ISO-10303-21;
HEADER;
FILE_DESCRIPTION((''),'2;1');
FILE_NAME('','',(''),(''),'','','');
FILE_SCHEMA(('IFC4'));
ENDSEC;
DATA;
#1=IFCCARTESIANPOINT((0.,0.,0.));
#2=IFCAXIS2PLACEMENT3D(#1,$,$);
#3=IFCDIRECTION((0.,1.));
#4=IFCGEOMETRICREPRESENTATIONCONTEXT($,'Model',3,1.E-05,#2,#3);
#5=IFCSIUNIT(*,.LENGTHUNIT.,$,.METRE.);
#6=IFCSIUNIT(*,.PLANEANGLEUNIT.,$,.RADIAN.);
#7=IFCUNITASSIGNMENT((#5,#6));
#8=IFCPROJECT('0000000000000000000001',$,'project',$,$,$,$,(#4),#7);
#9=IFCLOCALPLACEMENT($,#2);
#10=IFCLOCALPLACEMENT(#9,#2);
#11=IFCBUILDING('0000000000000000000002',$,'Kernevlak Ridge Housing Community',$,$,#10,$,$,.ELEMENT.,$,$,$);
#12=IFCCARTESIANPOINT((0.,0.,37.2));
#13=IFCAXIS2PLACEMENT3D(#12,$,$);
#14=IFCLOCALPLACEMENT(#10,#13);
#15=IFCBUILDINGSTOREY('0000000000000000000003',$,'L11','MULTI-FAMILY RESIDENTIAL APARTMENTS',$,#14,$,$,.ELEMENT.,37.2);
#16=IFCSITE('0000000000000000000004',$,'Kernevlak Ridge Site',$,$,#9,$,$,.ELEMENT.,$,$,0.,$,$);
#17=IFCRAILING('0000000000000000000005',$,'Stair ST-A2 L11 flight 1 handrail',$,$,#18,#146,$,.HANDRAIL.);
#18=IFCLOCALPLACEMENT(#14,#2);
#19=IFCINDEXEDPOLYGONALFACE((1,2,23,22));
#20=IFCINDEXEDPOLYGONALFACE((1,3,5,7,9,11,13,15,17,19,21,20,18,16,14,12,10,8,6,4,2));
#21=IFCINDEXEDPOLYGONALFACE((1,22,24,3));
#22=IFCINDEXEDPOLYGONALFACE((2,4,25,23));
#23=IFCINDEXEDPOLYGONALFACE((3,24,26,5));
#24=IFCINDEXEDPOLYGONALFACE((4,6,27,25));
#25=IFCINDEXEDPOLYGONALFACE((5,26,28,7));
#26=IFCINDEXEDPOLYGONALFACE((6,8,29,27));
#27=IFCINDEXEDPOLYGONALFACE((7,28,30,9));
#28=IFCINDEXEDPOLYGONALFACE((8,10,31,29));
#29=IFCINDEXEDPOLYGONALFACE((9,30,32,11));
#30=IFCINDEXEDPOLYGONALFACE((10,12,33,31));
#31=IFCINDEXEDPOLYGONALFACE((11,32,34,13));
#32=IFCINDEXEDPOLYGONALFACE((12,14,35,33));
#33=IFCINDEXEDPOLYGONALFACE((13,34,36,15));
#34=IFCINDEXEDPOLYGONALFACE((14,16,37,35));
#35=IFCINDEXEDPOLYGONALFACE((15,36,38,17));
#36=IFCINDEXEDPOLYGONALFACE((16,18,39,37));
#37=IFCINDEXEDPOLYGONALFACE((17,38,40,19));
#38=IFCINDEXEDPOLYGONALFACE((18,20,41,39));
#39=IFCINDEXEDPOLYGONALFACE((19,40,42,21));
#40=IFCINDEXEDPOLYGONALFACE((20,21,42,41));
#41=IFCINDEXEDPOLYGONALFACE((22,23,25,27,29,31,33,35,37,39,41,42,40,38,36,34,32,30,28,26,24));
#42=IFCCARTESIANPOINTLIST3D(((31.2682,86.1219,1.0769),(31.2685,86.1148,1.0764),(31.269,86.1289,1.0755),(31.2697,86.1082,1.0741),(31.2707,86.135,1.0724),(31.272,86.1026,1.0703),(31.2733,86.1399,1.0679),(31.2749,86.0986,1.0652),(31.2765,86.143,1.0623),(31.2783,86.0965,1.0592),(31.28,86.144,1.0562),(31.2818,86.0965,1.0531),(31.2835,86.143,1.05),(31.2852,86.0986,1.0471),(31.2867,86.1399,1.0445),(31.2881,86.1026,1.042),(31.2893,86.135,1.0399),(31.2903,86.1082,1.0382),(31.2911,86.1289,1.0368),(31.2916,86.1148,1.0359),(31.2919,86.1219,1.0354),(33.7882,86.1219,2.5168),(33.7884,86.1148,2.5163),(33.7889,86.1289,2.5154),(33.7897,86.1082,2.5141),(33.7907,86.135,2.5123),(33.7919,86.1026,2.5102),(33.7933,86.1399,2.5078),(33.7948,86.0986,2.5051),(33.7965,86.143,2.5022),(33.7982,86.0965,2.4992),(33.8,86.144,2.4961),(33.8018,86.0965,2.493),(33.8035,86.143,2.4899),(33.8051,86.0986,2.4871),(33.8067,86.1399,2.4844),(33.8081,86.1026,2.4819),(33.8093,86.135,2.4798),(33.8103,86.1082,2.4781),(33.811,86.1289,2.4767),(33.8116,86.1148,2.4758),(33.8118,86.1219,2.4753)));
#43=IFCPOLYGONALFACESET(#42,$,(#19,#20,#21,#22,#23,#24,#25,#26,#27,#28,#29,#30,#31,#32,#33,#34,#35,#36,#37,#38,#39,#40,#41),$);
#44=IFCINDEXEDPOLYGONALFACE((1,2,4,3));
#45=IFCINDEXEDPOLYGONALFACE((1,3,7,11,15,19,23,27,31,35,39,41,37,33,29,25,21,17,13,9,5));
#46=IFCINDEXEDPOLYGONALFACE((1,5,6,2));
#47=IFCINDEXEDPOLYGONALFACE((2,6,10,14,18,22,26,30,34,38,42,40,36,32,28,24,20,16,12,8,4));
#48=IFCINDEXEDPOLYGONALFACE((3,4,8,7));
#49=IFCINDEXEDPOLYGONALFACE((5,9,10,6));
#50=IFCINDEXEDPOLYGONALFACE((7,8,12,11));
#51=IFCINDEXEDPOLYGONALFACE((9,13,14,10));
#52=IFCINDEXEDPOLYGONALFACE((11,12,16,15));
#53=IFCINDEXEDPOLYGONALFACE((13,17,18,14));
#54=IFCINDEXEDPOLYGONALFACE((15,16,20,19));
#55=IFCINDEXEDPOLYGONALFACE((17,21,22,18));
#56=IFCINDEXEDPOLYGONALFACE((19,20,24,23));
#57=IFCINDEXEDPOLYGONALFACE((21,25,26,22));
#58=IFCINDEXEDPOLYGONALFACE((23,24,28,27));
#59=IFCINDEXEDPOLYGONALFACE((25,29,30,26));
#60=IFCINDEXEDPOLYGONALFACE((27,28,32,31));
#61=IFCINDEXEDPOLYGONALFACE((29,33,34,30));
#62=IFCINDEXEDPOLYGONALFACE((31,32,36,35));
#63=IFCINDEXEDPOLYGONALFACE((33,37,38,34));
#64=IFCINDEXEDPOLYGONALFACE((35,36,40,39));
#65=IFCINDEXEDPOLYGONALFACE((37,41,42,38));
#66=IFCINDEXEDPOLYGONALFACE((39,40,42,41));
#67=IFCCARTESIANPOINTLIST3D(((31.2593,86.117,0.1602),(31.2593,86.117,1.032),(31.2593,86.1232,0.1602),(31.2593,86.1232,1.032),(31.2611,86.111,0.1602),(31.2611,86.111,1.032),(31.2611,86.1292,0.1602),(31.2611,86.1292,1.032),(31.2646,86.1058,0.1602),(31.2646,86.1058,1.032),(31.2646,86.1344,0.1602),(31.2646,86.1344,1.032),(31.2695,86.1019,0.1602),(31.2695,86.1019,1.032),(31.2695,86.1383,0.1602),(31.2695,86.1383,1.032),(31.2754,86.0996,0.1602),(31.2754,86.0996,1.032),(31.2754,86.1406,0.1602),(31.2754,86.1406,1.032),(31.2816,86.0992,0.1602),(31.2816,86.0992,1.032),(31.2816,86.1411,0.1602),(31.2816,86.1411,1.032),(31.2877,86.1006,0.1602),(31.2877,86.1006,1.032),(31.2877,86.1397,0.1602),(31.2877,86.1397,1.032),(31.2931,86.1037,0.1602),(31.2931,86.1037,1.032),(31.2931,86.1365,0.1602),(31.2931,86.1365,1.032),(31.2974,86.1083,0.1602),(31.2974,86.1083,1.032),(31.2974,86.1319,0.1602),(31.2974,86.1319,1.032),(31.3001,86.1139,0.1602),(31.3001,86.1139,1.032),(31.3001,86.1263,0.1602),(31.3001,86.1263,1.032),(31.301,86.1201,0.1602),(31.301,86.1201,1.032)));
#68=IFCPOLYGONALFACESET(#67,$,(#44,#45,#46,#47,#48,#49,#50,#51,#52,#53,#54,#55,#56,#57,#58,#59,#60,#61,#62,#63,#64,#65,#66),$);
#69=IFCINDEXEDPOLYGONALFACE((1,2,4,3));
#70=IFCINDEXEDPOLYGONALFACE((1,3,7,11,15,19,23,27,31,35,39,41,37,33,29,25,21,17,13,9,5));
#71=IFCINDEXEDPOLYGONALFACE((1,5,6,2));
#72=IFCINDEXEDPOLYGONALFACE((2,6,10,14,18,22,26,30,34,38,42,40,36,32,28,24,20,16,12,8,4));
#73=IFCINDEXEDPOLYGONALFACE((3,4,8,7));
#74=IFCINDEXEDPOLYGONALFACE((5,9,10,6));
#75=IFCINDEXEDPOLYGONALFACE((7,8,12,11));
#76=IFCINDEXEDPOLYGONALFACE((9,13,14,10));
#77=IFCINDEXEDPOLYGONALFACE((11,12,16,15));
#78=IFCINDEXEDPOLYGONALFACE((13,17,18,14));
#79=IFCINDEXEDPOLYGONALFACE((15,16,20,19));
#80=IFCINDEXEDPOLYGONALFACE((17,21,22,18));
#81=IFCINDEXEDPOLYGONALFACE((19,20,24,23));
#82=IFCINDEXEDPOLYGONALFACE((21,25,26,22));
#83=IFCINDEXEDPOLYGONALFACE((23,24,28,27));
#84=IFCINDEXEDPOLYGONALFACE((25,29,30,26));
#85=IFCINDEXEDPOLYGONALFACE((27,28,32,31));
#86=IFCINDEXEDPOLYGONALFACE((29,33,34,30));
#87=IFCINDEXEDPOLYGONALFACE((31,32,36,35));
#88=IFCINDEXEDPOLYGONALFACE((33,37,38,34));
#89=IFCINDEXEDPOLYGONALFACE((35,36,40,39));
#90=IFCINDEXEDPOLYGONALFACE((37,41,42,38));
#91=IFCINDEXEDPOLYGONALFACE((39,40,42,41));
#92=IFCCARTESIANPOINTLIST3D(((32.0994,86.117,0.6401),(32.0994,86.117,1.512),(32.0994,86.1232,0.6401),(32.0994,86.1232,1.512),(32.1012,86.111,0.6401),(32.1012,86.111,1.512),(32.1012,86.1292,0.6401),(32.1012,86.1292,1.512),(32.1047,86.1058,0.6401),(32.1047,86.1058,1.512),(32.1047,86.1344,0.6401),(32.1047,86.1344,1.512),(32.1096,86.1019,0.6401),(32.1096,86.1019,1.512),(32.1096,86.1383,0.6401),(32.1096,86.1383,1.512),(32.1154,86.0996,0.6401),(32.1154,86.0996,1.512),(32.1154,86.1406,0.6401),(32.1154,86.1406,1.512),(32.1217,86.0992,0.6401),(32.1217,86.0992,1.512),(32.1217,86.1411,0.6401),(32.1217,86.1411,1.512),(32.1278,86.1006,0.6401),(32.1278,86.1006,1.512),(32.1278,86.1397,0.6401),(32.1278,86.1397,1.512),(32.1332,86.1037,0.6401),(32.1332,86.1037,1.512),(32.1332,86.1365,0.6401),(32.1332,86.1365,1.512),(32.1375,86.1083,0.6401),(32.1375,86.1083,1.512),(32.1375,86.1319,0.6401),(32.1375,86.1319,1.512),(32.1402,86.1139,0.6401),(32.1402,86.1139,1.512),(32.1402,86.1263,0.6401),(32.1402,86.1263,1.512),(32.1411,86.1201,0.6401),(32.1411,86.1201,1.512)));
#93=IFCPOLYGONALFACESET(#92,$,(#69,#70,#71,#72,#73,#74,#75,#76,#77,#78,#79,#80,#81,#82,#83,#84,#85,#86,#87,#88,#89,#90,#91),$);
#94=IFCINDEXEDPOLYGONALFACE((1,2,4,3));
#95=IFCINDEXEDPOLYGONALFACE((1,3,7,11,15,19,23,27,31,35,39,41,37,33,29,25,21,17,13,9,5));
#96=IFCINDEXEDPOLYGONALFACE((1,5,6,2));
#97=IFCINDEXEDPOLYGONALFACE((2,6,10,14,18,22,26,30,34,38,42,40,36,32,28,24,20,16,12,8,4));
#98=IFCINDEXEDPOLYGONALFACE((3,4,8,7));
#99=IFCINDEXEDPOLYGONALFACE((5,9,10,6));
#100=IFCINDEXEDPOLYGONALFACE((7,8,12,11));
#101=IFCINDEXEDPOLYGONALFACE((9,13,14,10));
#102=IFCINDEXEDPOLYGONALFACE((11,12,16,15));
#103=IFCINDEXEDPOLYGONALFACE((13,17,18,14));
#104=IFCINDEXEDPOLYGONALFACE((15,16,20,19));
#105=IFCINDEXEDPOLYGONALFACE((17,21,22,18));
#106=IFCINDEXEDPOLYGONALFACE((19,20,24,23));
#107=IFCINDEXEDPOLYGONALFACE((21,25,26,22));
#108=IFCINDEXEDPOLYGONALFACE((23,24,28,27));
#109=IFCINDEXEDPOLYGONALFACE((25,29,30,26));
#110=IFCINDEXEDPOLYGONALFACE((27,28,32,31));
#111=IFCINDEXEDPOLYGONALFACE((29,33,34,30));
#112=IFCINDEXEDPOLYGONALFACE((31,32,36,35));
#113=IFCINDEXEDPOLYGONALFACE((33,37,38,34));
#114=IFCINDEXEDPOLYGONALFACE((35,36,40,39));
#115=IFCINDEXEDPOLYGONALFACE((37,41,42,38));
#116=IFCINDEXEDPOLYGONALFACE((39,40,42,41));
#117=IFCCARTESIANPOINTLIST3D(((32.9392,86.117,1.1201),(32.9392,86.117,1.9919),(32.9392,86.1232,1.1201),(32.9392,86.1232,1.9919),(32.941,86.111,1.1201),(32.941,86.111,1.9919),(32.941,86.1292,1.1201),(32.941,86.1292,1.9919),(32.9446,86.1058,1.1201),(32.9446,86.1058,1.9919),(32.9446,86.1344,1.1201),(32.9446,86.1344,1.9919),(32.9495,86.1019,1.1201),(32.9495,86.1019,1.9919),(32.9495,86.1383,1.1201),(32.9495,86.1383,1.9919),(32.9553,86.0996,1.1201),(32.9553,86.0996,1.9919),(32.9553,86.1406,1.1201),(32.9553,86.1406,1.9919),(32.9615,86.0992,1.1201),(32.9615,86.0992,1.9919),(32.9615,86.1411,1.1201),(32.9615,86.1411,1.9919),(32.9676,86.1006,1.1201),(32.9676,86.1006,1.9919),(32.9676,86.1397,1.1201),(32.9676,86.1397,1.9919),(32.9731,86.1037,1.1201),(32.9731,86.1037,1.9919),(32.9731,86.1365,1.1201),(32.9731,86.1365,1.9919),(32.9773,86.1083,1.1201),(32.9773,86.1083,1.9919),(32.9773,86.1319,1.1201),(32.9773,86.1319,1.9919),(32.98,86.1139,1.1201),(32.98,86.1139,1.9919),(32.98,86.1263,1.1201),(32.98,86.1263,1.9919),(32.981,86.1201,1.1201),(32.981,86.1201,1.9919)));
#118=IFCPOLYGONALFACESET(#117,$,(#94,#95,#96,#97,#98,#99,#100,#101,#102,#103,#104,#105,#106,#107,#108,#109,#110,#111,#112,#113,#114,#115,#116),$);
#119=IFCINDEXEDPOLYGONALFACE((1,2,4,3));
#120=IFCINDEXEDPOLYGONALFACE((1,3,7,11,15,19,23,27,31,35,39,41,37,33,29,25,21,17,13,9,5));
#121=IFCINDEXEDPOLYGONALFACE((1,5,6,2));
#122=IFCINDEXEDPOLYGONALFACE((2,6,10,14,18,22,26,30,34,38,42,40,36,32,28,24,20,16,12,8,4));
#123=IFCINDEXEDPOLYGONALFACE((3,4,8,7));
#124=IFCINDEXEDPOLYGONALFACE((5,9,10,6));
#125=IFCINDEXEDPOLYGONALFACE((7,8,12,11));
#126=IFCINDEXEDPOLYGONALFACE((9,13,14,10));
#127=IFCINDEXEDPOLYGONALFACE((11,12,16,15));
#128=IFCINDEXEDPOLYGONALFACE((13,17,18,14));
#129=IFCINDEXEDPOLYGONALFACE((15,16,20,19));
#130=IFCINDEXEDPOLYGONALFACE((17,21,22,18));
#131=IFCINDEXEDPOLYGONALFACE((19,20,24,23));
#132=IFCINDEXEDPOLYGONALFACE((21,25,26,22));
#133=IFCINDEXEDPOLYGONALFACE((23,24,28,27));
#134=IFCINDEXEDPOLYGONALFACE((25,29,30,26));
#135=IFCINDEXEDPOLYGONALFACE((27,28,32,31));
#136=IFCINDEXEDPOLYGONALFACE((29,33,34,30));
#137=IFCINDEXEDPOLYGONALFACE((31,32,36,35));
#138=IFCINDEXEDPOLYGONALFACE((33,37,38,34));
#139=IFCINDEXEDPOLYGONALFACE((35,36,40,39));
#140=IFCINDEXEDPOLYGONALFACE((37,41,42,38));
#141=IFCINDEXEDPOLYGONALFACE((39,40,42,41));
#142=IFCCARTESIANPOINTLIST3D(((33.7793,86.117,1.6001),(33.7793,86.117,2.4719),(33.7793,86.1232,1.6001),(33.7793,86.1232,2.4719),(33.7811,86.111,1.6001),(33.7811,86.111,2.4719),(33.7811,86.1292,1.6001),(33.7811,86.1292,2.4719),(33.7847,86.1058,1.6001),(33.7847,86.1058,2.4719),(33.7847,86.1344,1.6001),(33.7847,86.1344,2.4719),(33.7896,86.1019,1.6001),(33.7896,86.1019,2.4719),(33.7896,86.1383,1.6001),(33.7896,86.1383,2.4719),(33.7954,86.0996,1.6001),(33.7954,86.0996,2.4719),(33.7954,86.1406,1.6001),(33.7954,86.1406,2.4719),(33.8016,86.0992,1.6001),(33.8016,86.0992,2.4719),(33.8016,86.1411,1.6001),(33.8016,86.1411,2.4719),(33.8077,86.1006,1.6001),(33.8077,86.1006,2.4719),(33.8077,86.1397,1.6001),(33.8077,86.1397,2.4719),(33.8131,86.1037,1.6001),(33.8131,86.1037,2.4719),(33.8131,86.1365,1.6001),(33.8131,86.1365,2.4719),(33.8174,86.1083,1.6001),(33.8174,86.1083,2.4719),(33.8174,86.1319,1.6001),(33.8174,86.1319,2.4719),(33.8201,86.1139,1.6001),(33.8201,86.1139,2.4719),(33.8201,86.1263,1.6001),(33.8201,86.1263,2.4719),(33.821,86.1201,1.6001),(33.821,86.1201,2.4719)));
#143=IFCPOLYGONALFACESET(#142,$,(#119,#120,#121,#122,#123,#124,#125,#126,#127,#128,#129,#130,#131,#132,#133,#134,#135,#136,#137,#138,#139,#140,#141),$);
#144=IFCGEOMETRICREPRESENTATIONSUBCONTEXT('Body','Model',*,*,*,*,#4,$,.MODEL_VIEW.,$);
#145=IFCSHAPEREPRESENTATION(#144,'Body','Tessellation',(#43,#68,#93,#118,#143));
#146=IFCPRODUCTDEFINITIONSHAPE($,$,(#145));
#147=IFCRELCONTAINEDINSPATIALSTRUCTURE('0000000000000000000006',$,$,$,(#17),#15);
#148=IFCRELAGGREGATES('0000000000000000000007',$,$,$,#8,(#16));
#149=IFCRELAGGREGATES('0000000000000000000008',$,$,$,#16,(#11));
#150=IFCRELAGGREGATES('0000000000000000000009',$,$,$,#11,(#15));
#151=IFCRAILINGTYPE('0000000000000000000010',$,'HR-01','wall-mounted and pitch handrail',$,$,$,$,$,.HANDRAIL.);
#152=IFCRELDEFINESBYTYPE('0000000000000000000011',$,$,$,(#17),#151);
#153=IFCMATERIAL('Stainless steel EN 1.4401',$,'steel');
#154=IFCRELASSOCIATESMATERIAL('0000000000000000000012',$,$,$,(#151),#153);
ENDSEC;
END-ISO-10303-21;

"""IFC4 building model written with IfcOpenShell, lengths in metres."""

from ifc_helpers import new_model, si_unit, direction, frame, origin, origin_2d, place, context, subcontext, project, spatial, circle, extrude, material, type_object, element, save


model = new_model("IFC4")

# Units and contexts
model_context = context("Model", 3, precision=1e-05, world=origin(), true_north=direction((0.0, 1.0)))
body_context = subcontext(model_context, "Body", "Model", "MODEL_VIEW")
ifc_project = project(units=[si_unit("LENGTHUNIT", "METRE"), si_unit("PLANEANGLEUNIT", "RADIAN")], contexts=[model_context])

# Site, building, storey
site_placement = place(None, origin())
site = spatial("IfcSite", under=ifc_project, at=site_placement, Name="Kernevlak Ridge Site", CompositionType="ELEMENT", RefElevation=0.0)
building_placement = place(site_placement, origin())
building = spatial("IfcBuilding", under=site, at=building_placement, Name="Kernevlak Ridge Housing Community", CompositionType="ELEMENT")
storey_placement = place(building_placement, frame((0.0, 0.0, 37.2)))
storey = spatial("IfcBuildingStorey", under=building, at=storey_placement, Name="L11", Description="MULTI-FAMILY RESIDENTIAL APARTMENTS", CompositionType="ELEMENT", Elevation=37.2)

# Railing
ifc_material_1 = material(Name="Stainless steel EN 1.4401", Category="steel")
railing_type_1 = type_object("IfcRailingType", Name="HR-01", Description="wall-mounted and pitch handrail", PredefinedType="HANDRAIL", material=ifc_material_1)
railing_1_placement = place(storey_placement, frame((31.28, 86.1201, 0.1602)))
element("IfcRailing", 1, at=railing_1_placement, inside=storey, type_object=railing_type_1, Name="Stair ST-A2 L11 flight 1 handrail", PredefinedType="HANDRAIL", context=body_context, shape_type="SweptSolid", body=[
    extrude(circle(Radius=0.0239, at=origin_2d()), frame((0.0, 0.0, 0.896), z_axis=(0.868253, 0.0, 0.496121), x_axis=(0.0, 1.0, 0.0)), (0.0, 0.0, 1.0), 2.9023),
    extrude(circle(Radius=0.021, at=origin_2d()), origin(), (0.0, 0.0, 1.0), 0.8718),
    extrude(circle(Radius=0.021, at=origin_2d()), frame((0.8401, 0.0, 0.48)), (0.0, 0.0, 1.0), 0.8718),
    extrude(circle(Radius=0.021, at=origin_2d()), frame((1.6799, 0.0, 0.96)), (0.0, 0.0, 1.0), 0.8718),
    extrude(circle(Radius=0.021, at=origin_2d()), frame((2.52, 0.0, 1.4399)), (0.0, 0.0, 1.0), 0.8718),
])

save(model, "model.ifc")
